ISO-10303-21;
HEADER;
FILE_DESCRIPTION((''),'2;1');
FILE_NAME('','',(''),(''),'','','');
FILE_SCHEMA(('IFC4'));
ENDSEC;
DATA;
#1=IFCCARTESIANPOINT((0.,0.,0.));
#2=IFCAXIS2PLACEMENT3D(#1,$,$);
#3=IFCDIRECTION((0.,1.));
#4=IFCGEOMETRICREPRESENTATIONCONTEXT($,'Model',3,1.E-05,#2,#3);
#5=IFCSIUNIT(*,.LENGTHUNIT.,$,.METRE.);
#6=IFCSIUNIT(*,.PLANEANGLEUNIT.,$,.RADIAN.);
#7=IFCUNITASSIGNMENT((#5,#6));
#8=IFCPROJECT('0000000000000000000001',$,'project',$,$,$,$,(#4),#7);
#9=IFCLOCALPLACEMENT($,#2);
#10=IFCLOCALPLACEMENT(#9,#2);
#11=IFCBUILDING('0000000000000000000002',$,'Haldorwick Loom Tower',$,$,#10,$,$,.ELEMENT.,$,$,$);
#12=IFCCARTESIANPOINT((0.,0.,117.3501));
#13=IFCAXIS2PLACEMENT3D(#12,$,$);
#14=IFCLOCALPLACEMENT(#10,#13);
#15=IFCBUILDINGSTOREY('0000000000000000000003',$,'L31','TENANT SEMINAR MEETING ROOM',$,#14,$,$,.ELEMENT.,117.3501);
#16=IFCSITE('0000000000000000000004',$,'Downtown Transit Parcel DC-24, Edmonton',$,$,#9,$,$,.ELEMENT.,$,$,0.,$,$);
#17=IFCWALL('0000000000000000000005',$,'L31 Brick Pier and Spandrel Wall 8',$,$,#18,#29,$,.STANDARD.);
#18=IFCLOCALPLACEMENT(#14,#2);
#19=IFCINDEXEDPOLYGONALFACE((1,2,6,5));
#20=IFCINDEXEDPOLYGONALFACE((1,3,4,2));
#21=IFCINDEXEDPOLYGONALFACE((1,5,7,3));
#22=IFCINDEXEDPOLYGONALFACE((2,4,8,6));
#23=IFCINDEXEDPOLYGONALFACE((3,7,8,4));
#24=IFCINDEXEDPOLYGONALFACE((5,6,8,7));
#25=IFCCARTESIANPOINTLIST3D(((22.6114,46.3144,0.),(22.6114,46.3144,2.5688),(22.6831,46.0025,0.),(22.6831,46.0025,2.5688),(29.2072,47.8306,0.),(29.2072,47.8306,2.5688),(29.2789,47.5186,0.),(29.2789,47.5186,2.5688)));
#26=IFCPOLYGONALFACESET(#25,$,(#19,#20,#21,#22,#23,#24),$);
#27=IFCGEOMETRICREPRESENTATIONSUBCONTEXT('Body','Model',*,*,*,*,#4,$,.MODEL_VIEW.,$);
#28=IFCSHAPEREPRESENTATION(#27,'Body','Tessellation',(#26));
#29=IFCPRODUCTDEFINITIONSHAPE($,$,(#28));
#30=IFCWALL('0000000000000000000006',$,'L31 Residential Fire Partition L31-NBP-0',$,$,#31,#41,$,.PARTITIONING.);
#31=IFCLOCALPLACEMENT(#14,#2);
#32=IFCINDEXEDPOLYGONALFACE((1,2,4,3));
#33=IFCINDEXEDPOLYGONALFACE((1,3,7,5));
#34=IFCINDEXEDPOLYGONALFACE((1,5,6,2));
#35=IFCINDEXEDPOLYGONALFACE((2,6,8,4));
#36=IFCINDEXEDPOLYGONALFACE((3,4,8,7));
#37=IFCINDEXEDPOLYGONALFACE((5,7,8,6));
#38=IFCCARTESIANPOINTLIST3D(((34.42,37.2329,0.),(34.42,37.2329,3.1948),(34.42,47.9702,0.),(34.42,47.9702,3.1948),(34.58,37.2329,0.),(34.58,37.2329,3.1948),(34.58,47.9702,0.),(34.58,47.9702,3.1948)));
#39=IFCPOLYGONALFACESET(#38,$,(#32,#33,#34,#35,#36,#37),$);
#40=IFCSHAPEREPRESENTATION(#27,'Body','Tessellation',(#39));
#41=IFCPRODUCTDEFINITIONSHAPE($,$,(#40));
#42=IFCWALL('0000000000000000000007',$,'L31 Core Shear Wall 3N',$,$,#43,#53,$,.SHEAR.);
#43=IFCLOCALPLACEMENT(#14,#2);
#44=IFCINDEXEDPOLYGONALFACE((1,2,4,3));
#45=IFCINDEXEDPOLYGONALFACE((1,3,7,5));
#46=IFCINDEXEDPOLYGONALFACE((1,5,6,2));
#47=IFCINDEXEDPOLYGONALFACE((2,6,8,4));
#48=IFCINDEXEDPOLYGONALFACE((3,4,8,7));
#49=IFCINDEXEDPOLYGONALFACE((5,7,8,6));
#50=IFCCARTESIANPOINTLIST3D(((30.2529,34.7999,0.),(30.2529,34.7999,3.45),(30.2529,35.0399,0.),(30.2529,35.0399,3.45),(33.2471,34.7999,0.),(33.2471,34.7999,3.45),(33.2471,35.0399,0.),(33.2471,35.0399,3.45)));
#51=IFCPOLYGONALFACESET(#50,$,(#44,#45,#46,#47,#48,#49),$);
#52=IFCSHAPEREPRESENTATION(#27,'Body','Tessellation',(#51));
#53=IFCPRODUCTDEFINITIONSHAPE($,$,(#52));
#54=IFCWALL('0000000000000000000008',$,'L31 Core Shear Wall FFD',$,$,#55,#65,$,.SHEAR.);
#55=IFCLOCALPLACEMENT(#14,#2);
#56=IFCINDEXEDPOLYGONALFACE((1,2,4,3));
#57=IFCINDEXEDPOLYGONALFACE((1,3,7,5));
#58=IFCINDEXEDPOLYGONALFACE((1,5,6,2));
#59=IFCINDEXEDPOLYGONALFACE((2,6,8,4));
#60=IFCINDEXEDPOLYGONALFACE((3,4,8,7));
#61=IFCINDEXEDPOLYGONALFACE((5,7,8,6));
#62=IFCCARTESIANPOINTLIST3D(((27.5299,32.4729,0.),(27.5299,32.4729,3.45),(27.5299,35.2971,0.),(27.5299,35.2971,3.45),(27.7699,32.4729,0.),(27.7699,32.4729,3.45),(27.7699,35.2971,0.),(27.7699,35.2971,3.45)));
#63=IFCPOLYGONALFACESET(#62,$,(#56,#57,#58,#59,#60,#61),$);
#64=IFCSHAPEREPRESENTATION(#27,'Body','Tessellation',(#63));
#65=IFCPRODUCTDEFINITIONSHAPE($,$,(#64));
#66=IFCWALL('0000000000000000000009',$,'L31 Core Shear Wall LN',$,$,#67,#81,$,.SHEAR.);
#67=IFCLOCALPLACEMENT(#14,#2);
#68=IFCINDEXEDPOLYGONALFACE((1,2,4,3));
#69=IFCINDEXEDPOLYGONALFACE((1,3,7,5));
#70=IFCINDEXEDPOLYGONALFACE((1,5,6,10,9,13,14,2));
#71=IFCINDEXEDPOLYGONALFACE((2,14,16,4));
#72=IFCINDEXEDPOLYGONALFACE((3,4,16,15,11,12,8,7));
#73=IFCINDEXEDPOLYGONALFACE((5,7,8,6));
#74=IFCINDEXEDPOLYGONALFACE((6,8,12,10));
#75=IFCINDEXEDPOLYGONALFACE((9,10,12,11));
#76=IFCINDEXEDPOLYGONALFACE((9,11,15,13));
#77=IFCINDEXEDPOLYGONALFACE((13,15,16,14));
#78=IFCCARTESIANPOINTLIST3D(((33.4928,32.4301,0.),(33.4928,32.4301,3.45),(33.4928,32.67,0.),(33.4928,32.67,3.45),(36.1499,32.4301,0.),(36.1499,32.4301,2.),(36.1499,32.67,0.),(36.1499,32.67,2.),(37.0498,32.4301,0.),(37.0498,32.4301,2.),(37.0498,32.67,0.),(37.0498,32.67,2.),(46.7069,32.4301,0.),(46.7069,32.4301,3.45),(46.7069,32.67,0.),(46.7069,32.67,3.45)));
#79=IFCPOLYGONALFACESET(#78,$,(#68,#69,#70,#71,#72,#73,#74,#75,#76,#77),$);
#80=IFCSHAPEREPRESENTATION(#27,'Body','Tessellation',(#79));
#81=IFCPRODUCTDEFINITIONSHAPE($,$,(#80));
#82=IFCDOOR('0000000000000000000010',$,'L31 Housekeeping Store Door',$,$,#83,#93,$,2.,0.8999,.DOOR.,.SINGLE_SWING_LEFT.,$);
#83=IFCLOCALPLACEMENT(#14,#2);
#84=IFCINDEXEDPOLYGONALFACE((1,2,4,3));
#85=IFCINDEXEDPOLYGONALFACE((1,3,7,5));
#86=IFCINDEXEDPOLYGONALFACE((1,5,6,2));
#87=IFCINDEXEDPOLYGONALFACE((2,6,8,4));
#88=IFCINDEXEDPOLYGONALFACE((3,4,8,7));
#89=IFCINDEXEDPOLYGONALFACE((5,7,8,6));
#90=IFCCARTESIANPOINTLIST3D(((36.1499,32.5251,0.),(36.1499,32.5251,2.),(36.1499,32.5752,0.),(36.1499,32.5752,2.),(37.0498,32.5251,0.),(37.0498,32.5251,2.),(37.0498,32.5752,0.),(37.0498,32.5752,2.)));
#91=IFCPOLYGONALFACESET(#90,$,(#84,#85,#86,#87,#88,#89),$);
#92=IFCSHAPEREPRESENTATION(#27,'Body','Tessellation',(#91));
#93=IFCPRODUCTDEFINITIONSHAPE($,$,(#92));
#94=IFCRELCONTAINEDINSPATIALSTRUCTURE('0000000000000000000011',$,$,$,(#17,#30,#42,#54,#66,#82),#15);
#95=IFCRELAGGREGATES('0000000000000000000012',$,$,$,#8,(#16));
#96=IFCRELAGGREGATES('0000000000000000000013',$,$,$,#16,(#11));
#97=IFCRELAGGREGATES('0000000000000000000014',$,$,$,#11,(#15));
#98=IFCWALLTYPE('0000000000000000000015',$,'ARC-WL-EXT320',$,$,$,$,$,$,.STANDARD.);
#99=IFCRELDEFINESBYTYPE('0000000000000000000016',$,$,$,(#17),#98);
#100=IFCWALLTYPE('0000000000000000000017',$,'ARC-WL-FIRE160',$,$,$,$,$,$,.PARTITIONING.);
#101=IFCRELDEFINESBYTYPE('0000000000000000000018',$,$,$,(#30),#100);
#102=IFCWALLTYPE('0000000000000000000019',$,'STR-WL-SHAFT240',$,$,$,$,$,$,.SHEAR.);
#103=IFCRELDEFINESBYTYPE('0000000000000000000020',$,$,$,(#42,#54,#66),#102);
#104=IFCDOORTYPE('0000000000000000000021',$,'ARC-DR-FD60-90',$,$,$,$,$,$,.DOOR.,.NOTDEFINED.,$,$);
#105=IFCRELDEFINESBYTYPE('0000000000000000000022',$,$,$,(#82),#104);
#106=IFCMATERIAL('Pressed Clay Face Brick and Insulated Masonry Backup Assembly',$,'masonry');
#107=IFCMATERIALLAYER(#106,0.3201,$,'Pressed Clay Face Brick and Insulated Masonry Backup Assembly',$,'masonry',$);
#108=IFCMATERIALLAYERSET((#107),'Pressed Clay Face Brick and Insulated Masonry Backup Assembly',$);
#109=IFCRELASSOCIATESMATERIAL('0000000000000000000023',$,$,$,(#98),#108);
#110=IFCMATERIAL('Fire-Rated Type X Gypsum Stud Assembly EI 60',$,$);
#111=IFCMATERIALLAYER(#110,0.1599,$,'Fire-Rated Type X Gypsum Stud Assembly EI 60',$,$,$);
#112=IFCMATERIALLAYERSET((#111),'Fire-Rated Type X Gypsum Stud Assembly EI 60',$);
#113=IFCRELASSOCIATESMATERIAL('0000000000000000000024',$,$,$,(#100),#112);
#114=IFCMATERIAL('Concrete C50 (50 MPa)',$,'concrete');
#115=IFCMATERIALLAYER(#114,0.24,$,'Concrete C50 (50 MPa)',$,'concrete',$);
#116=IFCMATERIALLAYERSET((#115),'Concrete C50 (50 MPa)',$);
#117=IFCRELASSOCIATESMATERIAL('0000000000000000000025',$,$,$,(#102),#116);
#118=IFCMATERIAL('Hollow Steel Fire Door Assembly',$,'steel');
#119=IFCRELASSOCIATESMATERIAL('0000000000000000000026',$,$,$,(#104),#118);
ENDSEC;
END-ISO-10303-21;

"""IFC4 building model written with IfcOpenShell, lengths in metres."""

from ifc_helpers import new_model, si_unit, direction, frame, frame_2d, origin, place, context, subcontext, project, spatial, rectangle, extrude, material, layer, layer_set, type_object, element, fill, save


model = new_model("IFC4")

# Units and contexts
model_context = context("Model", 3, precision=1e-05, world=origin(), true_north=direction((0.0, 1.0)))
body_context = subcontext(model_context, "Body", "Model", "MODEL_VIEW")
ifc_project = project(units=[si_unit("LENGTHUNIT", "METRE"), si_unit("PLANEANGLEUNIT", "RADIAN")], contexts=[model_context])

# Site, building, storey
site_placement = place(None, origin())
site = spatial("IfcSite", under=ifc_project, at=site_placement, Name="Downtown Transit Parcel DC-24, Edmonton", CompositionType="ELEMENT", RefElevation=0.0)
building_placement = place(site_placement, origin())
building = spatial("IfcBuilding", under=site, at=building_placement, Name="Haldorwick Loom Tower", CompositionType="ELEMENT")
storey_placement = place(building_placement, frame((0.0, 0.0, 117.3501)))
storey = spatial("IfcBuildingStorey", under=building, at=storey_placement, Name="L31", Description="TENANT SEMINAR MEETING ROOM", CompositionType="ELEMENT", Elevation=117.3501)

# Walls
ifc_material_1 = material(Name="Pressed Clay Face Brick and Insulated Masonry Backup Assembly", Category="masonry")
ifc_layer_1 = layer(ifc_material_1, 0.3201, Name="Pressed Clay Face Brick and Insulated Masonry Backup Assembly", Category="masonry")
ifc_layer_set_1 = layer_set([ifc_layer_1], Name="Pressed Clay Face Brick and Insulated Masonry Backup Assembly")
wall_type_1 = type_object("IfcWallType", Name="ARC-WL-EXT320", PredefinedType="STANDARD", material=ifc_layer_set_1)
wall_1_placement = place(storey_placement, frame((29.2429, 47.6746, 0.0), z_axis=(0.0, 0.0, 1.0), x_axis=(-0.974584, -0.224022, 0.0)))
element("IfcWall", 1, at=wall_1_placement, inside=storey, type_object=wall_type_1, Name="L31 Brick Pier and Spandrel Wall 8", PredefinedType="STANDARD", context=body_context, shape_type="SweptSolid", body=[
    extrude(rectangle(XDim=6.7678, YDim=0.3201, at=frame_2d((3.3838, 0.0))), origin(), (0.0, 0.0, 1.0), 2.5688),
])
ifc_material_2 = material(Name="Fire-Rated Type X Gypsum Stud Assembly EI 60")
ifc_layer_2 = layer(ifc_material_2, 0.1599, Name="Fire-Rated Type X Gypsum Stud Assembly EI 60")
ifc_layer_set_2 = layer_set([ifc_layer_2], Name="Fire-Rated Type X Gypsum Stud Assembly EI 60")
wall_type_2 = type_object("IfcWallType", Name="ARC-WL-FIRE160", PredefinedType="PARTITIONING", material=ifc_layer_set_2)
wall_2_placement = place(storey_placement, frame((34.5, 37.2329, 0.0), z_axis=(0.0, 0.0, 1.0), x_axis=(0.0, 1.0, 0.0)))
element("IfcWall", 2, at=wall_2_placement, inside=storey, type_object=wall_type_2, Name="L31 Residential Fire Partition L31-NBP-0", PredefinedType="PARTITIONING", context=body_context, shape_type="SweptSolid", body=[
    extrude(rectangle(XDim=10.7373, YDim=0.1599, at=frame_2d((5.3687, 0.0))), origin(), (0.0, 0.0, 1.0), 3.1948),
])
ifc_material_3 = material(Name="Concrete C50 (50 MPa)", Category="concrete")
ifc_layer_3 = layer(ifc_material_3, 0.24, Name="Concrete C50 (50 MPa)", Category="concrete")
ifc_layer_set_3 = layer_set([ifc_layer_3], Name="Concrete C50 (50 MPa)")
wall_type_3 = type_object("IfcWallType", Name="STR-WL-SHAFT240", PredefinedType="SHEAR", material=ifc_layer_set_3)
wall_3_placement = place(storey_placement, frame((30.2529, 34.9199, 0.0), z_axis=(0.0, 0.0, 1.0), x_axis=(1.0, 0.0, 0.0)))
element("IfcWall", 3, at=wall_3_placement, inside=storey, type_object=wall_type_3, Name="L31 Core Shear Wall 3N", PredefinedType="SHEAR", context=body_context, shape_type="SweptSolid", body=[
    extrude(rectangle(XDim=2.9941, YDim=0.24, at=frame_2d((1.4971, 0.0))), origin(), (0.0, 0.0, 1.0), 3.45),
])
wall_4_placement = place(storey_placement, frame((27.6499, 32.4729, 0.0), z_axis=(0.0, 0.0, 1.0), x_axis=(0.0, 1.0, 0.0)))
element("IfcWall", 4, at=wall_4_placement, inside=storey, type_object=wall_type_3, Name="L31 Core Shear Wall FFD", PredefinedType="SHEAR", context=body_context, shape_type="SweptSolid", body=[
    extrude(rectangle(XDim=2.8242, YDim=0.24, at=frame_2d((1.4121, 0.0))), origin(), (0.0, 0.0, 1.0), 3.45),
])

# Wall, opening, door
wall_5_placement = place(storey_placement, frame((33.4929, 32.55, 0.0), z_axis=(0.0, 0.0, 1.0), x_axis=(1.0, 0.0, 0.0)))
wall_5 = element("IfcWall", 5, at=wall_5_placement, inside=storey, type_object=wall_type_3, Name="L31 Core Shear Wall LN", PredefinedType="SHEAR", context=body_context, shape_type="SweptSolid", body=[
    extrude(rectangle(XDim=13.2141, YDim=0.24, at=frame_2d((6.6069, 0.0))), origin(), (0.0, 0.0, 1.0), 3.45),
])
opening_placement = place(wall_5_placement, frame((2.657, 0.0, 0.0)))
opening = element("IfcOpeningElement", 6, at=opening_placement, cuts=wall_5, PredefinedType="OPENING", context=body_context, shape_type="SweptSolid", body=[
    extrude(rectangle(XDim=0.8999, YDim=2.0, at=frame_2d((0.45, 1.0))), frame((0.0, 0.1299, 0.0), z_axis=(0.0, -1.0, 0.0), x_axis=(1.0, 0.0, 0.0)), (0.0, 0.0, 1.0), 0.26),
])
ifc_material_4 = material(Name="Hollow Steel Fire Door Assembly", Category="steel")
door_type = type_object("IfcDoorType", Name="ARC-DR-FD60-90", OperationType="NOTDEFINED", PredefinedType="DOOR", material=ifc_material_4)
door_placement = place(opening_placement, frame((0.8999, 0.0, 0.0), z_axis=(0.0, 0.0, 1.0), x_axis=(-1.0, 0.0, 0.0)))
door = element("IfcDoor", 7, at=door_placement, inside=storey, type_object=door_type, Name="L31 Housekeeping Store Door", OperationType="SINGLE_SWING_LEFT", OverallHeight=2.0, OverallWidth=0.8999, PredefinedType="DOOR", context=body_context, shape_type="SweptSolid", body=[
    extrude(rectangle(XDim=0.8999, YDim=2.0, at=frame_2d((0.45, 1.0))), frame((0.0, 0.0249, 0.0), z_axis=(0.0, -1.0, 0.0), x_axis=(1.0, 0.0, 0.0)), (0.0, 0.0, 1.0), 0.05),
])
fill(opening, door)

save(model, "model.ifc")
